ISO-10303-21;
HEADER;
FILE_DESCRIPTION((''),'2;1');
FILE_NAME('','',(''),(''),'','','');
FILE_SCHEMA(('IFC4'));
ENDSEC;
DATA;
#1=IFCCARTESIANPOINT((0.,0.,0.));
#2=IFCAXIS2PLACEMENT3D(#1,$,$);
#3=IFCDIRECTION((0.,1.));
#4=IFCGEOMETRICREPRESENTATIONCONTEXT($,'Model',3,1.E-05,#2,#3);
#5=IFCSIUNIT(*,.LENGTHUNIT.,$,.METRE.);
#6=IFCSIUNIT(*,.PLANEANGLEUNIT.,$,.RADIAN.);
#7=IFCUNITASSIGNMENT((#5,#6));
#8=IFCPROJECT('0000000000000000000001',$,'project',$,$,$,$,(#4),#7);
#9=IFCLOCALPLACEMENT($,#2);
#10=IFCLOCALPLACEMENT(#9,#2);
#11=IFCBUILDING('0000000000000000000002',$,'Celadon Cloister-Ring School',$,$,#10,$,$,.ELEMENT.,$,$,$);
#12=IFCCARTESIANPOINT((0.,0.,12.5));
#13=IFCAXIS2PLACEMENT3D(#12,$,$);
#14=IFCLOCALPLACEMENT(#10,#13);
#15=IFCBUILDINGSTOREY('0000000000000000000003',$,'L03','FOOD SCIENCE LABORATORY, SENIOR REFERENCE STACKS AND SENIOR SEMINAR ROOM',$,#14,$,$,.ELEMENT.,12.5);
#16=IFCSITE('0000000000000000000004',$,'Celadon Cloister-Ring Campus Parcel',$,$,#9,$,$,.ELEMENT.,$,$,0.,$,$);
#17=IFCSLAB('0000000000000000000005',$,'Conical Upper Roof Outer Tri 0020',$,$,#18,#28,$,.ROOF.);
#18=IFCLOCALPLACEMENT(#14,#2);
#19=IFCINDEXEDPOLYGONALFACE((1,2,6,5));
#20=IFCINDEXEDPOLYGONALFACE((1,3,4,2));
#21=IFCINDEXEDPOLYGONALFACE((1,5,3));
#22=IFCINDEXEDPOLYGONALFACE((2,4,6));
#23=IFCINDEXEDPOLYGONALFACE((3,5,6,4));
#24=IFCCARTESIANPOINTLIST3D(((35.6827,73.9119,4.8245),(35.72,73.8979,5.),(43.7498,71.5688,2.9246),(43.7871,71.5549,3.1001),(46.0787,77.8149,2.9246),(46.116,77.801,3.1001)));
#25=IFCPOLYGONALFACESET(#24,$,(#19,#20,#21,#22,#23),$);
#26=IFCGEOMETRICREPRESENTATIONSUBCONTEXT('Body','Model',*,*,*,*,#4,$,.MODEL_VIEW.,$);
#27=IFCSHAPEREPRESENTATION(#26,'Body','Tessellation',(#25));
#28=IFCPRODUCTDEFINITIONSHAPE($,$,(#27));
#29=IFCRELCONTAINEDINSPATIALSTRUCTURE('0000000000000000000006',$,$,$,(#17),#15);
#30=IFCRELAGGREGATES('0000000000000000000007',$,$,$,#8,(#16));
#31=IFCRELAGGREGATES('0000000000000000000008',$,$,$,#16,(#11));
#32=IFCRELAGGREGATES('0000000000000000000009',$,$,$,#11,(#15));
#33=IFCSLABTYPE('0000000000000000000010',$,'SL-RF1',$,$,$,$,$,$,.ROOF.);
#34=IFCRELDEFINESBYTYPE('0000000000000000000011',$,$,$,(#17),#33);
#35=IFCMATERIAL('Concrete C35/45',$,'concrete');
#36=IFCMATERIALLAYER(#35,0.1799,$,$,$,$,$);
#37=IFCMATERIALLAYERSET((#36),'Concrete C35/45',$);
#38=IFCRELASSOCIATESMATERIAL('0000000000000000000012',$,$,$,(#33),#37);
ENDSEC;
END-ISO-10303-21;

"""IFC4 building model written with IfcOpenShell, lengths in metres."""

from ifc_helpers import new_model, si_unit, direction, frame, origin, place, context, subcontext, project, spatial, polyline, outline, extrude, material, layer, layer_set, type_object, element, save


model = new_model("IFC4")

# Units and contexts
model_context = context("Model", 3, precision=1e-05, world=origin(), true_north=direction((0.0, 1.0)))
body_context = subcontext(model_context, "Body", "Model", "MODEL_VIEW")
ifc_project = project(units=[si_unit("LENGTHUNIT", "METRE"), si_unit("PLANEANGLEUNIT", "RADIAN")], contexts=[model_context])

# Site, building, storey
site_placement = place(None, origin())
site = spatial("IfcSite", under=ifc_project, at=site_placement, Name="Celadon Cloister-Ring Campus Parcel", CompositionType="ELEMENT", RefElevation=0.0)
building_placement = place(site_placement, origin())
building = spatial("IfcBuilding", under=site, at=building_placement, Name="Celadon Cloister-Ring School", CompositionType="ELEMENT")
storey_placement = place(building_placement, frame((0.0, 0.0, 12.5)))
storey = spatial("IfcBuildingStorey", under=building, at=storey_placement, Name="L03", Description="FOOD SCIENCE LABORATORY, SENIOR REFERENCE STACKS AND SENIOR SEMINAR ROOM", CompositionType="ELEMENT", Elevation=12.5)

# Slab
ifc_material_1 = material(Name="Concrete C35/45", Category="concrete")
ifc_layer_1 = layer(ifc_material_1, 0.1799)
ifc_layer_set_1 = layer_set([ifc_layer_1], Name="Concrete C35/45")
slab_type = type_object("IfcSlabType", Name="SL-RF1", PredefinedType="ROOF", material=ifc_layer_set_1)
slab_1_placement = place(storey_placement, frame((46.116, 77.801, 3.1001), z_axis=(0.207237, -0.077268, 0.975235), x_axis=(-0.922785, -0.346451, 0.168642)))
element("IfcSlab", 1, at=slab_1_placement, inside=storey, type_object=slab_type, Name="Conical Upper Roof Outer Tri 0020", PredefinedType="ROOF", context=body_context, shape_type="SweptSolid", body=[
    extrude(outline(polyline([(0.0, 0.0), (11.2659, 0.0), (4.313, 5.0828), (0.0, 0.0)])), origin(), (0.0, 0.0, -1.0), 0.1799),
])

save(model, "model.ifc")
